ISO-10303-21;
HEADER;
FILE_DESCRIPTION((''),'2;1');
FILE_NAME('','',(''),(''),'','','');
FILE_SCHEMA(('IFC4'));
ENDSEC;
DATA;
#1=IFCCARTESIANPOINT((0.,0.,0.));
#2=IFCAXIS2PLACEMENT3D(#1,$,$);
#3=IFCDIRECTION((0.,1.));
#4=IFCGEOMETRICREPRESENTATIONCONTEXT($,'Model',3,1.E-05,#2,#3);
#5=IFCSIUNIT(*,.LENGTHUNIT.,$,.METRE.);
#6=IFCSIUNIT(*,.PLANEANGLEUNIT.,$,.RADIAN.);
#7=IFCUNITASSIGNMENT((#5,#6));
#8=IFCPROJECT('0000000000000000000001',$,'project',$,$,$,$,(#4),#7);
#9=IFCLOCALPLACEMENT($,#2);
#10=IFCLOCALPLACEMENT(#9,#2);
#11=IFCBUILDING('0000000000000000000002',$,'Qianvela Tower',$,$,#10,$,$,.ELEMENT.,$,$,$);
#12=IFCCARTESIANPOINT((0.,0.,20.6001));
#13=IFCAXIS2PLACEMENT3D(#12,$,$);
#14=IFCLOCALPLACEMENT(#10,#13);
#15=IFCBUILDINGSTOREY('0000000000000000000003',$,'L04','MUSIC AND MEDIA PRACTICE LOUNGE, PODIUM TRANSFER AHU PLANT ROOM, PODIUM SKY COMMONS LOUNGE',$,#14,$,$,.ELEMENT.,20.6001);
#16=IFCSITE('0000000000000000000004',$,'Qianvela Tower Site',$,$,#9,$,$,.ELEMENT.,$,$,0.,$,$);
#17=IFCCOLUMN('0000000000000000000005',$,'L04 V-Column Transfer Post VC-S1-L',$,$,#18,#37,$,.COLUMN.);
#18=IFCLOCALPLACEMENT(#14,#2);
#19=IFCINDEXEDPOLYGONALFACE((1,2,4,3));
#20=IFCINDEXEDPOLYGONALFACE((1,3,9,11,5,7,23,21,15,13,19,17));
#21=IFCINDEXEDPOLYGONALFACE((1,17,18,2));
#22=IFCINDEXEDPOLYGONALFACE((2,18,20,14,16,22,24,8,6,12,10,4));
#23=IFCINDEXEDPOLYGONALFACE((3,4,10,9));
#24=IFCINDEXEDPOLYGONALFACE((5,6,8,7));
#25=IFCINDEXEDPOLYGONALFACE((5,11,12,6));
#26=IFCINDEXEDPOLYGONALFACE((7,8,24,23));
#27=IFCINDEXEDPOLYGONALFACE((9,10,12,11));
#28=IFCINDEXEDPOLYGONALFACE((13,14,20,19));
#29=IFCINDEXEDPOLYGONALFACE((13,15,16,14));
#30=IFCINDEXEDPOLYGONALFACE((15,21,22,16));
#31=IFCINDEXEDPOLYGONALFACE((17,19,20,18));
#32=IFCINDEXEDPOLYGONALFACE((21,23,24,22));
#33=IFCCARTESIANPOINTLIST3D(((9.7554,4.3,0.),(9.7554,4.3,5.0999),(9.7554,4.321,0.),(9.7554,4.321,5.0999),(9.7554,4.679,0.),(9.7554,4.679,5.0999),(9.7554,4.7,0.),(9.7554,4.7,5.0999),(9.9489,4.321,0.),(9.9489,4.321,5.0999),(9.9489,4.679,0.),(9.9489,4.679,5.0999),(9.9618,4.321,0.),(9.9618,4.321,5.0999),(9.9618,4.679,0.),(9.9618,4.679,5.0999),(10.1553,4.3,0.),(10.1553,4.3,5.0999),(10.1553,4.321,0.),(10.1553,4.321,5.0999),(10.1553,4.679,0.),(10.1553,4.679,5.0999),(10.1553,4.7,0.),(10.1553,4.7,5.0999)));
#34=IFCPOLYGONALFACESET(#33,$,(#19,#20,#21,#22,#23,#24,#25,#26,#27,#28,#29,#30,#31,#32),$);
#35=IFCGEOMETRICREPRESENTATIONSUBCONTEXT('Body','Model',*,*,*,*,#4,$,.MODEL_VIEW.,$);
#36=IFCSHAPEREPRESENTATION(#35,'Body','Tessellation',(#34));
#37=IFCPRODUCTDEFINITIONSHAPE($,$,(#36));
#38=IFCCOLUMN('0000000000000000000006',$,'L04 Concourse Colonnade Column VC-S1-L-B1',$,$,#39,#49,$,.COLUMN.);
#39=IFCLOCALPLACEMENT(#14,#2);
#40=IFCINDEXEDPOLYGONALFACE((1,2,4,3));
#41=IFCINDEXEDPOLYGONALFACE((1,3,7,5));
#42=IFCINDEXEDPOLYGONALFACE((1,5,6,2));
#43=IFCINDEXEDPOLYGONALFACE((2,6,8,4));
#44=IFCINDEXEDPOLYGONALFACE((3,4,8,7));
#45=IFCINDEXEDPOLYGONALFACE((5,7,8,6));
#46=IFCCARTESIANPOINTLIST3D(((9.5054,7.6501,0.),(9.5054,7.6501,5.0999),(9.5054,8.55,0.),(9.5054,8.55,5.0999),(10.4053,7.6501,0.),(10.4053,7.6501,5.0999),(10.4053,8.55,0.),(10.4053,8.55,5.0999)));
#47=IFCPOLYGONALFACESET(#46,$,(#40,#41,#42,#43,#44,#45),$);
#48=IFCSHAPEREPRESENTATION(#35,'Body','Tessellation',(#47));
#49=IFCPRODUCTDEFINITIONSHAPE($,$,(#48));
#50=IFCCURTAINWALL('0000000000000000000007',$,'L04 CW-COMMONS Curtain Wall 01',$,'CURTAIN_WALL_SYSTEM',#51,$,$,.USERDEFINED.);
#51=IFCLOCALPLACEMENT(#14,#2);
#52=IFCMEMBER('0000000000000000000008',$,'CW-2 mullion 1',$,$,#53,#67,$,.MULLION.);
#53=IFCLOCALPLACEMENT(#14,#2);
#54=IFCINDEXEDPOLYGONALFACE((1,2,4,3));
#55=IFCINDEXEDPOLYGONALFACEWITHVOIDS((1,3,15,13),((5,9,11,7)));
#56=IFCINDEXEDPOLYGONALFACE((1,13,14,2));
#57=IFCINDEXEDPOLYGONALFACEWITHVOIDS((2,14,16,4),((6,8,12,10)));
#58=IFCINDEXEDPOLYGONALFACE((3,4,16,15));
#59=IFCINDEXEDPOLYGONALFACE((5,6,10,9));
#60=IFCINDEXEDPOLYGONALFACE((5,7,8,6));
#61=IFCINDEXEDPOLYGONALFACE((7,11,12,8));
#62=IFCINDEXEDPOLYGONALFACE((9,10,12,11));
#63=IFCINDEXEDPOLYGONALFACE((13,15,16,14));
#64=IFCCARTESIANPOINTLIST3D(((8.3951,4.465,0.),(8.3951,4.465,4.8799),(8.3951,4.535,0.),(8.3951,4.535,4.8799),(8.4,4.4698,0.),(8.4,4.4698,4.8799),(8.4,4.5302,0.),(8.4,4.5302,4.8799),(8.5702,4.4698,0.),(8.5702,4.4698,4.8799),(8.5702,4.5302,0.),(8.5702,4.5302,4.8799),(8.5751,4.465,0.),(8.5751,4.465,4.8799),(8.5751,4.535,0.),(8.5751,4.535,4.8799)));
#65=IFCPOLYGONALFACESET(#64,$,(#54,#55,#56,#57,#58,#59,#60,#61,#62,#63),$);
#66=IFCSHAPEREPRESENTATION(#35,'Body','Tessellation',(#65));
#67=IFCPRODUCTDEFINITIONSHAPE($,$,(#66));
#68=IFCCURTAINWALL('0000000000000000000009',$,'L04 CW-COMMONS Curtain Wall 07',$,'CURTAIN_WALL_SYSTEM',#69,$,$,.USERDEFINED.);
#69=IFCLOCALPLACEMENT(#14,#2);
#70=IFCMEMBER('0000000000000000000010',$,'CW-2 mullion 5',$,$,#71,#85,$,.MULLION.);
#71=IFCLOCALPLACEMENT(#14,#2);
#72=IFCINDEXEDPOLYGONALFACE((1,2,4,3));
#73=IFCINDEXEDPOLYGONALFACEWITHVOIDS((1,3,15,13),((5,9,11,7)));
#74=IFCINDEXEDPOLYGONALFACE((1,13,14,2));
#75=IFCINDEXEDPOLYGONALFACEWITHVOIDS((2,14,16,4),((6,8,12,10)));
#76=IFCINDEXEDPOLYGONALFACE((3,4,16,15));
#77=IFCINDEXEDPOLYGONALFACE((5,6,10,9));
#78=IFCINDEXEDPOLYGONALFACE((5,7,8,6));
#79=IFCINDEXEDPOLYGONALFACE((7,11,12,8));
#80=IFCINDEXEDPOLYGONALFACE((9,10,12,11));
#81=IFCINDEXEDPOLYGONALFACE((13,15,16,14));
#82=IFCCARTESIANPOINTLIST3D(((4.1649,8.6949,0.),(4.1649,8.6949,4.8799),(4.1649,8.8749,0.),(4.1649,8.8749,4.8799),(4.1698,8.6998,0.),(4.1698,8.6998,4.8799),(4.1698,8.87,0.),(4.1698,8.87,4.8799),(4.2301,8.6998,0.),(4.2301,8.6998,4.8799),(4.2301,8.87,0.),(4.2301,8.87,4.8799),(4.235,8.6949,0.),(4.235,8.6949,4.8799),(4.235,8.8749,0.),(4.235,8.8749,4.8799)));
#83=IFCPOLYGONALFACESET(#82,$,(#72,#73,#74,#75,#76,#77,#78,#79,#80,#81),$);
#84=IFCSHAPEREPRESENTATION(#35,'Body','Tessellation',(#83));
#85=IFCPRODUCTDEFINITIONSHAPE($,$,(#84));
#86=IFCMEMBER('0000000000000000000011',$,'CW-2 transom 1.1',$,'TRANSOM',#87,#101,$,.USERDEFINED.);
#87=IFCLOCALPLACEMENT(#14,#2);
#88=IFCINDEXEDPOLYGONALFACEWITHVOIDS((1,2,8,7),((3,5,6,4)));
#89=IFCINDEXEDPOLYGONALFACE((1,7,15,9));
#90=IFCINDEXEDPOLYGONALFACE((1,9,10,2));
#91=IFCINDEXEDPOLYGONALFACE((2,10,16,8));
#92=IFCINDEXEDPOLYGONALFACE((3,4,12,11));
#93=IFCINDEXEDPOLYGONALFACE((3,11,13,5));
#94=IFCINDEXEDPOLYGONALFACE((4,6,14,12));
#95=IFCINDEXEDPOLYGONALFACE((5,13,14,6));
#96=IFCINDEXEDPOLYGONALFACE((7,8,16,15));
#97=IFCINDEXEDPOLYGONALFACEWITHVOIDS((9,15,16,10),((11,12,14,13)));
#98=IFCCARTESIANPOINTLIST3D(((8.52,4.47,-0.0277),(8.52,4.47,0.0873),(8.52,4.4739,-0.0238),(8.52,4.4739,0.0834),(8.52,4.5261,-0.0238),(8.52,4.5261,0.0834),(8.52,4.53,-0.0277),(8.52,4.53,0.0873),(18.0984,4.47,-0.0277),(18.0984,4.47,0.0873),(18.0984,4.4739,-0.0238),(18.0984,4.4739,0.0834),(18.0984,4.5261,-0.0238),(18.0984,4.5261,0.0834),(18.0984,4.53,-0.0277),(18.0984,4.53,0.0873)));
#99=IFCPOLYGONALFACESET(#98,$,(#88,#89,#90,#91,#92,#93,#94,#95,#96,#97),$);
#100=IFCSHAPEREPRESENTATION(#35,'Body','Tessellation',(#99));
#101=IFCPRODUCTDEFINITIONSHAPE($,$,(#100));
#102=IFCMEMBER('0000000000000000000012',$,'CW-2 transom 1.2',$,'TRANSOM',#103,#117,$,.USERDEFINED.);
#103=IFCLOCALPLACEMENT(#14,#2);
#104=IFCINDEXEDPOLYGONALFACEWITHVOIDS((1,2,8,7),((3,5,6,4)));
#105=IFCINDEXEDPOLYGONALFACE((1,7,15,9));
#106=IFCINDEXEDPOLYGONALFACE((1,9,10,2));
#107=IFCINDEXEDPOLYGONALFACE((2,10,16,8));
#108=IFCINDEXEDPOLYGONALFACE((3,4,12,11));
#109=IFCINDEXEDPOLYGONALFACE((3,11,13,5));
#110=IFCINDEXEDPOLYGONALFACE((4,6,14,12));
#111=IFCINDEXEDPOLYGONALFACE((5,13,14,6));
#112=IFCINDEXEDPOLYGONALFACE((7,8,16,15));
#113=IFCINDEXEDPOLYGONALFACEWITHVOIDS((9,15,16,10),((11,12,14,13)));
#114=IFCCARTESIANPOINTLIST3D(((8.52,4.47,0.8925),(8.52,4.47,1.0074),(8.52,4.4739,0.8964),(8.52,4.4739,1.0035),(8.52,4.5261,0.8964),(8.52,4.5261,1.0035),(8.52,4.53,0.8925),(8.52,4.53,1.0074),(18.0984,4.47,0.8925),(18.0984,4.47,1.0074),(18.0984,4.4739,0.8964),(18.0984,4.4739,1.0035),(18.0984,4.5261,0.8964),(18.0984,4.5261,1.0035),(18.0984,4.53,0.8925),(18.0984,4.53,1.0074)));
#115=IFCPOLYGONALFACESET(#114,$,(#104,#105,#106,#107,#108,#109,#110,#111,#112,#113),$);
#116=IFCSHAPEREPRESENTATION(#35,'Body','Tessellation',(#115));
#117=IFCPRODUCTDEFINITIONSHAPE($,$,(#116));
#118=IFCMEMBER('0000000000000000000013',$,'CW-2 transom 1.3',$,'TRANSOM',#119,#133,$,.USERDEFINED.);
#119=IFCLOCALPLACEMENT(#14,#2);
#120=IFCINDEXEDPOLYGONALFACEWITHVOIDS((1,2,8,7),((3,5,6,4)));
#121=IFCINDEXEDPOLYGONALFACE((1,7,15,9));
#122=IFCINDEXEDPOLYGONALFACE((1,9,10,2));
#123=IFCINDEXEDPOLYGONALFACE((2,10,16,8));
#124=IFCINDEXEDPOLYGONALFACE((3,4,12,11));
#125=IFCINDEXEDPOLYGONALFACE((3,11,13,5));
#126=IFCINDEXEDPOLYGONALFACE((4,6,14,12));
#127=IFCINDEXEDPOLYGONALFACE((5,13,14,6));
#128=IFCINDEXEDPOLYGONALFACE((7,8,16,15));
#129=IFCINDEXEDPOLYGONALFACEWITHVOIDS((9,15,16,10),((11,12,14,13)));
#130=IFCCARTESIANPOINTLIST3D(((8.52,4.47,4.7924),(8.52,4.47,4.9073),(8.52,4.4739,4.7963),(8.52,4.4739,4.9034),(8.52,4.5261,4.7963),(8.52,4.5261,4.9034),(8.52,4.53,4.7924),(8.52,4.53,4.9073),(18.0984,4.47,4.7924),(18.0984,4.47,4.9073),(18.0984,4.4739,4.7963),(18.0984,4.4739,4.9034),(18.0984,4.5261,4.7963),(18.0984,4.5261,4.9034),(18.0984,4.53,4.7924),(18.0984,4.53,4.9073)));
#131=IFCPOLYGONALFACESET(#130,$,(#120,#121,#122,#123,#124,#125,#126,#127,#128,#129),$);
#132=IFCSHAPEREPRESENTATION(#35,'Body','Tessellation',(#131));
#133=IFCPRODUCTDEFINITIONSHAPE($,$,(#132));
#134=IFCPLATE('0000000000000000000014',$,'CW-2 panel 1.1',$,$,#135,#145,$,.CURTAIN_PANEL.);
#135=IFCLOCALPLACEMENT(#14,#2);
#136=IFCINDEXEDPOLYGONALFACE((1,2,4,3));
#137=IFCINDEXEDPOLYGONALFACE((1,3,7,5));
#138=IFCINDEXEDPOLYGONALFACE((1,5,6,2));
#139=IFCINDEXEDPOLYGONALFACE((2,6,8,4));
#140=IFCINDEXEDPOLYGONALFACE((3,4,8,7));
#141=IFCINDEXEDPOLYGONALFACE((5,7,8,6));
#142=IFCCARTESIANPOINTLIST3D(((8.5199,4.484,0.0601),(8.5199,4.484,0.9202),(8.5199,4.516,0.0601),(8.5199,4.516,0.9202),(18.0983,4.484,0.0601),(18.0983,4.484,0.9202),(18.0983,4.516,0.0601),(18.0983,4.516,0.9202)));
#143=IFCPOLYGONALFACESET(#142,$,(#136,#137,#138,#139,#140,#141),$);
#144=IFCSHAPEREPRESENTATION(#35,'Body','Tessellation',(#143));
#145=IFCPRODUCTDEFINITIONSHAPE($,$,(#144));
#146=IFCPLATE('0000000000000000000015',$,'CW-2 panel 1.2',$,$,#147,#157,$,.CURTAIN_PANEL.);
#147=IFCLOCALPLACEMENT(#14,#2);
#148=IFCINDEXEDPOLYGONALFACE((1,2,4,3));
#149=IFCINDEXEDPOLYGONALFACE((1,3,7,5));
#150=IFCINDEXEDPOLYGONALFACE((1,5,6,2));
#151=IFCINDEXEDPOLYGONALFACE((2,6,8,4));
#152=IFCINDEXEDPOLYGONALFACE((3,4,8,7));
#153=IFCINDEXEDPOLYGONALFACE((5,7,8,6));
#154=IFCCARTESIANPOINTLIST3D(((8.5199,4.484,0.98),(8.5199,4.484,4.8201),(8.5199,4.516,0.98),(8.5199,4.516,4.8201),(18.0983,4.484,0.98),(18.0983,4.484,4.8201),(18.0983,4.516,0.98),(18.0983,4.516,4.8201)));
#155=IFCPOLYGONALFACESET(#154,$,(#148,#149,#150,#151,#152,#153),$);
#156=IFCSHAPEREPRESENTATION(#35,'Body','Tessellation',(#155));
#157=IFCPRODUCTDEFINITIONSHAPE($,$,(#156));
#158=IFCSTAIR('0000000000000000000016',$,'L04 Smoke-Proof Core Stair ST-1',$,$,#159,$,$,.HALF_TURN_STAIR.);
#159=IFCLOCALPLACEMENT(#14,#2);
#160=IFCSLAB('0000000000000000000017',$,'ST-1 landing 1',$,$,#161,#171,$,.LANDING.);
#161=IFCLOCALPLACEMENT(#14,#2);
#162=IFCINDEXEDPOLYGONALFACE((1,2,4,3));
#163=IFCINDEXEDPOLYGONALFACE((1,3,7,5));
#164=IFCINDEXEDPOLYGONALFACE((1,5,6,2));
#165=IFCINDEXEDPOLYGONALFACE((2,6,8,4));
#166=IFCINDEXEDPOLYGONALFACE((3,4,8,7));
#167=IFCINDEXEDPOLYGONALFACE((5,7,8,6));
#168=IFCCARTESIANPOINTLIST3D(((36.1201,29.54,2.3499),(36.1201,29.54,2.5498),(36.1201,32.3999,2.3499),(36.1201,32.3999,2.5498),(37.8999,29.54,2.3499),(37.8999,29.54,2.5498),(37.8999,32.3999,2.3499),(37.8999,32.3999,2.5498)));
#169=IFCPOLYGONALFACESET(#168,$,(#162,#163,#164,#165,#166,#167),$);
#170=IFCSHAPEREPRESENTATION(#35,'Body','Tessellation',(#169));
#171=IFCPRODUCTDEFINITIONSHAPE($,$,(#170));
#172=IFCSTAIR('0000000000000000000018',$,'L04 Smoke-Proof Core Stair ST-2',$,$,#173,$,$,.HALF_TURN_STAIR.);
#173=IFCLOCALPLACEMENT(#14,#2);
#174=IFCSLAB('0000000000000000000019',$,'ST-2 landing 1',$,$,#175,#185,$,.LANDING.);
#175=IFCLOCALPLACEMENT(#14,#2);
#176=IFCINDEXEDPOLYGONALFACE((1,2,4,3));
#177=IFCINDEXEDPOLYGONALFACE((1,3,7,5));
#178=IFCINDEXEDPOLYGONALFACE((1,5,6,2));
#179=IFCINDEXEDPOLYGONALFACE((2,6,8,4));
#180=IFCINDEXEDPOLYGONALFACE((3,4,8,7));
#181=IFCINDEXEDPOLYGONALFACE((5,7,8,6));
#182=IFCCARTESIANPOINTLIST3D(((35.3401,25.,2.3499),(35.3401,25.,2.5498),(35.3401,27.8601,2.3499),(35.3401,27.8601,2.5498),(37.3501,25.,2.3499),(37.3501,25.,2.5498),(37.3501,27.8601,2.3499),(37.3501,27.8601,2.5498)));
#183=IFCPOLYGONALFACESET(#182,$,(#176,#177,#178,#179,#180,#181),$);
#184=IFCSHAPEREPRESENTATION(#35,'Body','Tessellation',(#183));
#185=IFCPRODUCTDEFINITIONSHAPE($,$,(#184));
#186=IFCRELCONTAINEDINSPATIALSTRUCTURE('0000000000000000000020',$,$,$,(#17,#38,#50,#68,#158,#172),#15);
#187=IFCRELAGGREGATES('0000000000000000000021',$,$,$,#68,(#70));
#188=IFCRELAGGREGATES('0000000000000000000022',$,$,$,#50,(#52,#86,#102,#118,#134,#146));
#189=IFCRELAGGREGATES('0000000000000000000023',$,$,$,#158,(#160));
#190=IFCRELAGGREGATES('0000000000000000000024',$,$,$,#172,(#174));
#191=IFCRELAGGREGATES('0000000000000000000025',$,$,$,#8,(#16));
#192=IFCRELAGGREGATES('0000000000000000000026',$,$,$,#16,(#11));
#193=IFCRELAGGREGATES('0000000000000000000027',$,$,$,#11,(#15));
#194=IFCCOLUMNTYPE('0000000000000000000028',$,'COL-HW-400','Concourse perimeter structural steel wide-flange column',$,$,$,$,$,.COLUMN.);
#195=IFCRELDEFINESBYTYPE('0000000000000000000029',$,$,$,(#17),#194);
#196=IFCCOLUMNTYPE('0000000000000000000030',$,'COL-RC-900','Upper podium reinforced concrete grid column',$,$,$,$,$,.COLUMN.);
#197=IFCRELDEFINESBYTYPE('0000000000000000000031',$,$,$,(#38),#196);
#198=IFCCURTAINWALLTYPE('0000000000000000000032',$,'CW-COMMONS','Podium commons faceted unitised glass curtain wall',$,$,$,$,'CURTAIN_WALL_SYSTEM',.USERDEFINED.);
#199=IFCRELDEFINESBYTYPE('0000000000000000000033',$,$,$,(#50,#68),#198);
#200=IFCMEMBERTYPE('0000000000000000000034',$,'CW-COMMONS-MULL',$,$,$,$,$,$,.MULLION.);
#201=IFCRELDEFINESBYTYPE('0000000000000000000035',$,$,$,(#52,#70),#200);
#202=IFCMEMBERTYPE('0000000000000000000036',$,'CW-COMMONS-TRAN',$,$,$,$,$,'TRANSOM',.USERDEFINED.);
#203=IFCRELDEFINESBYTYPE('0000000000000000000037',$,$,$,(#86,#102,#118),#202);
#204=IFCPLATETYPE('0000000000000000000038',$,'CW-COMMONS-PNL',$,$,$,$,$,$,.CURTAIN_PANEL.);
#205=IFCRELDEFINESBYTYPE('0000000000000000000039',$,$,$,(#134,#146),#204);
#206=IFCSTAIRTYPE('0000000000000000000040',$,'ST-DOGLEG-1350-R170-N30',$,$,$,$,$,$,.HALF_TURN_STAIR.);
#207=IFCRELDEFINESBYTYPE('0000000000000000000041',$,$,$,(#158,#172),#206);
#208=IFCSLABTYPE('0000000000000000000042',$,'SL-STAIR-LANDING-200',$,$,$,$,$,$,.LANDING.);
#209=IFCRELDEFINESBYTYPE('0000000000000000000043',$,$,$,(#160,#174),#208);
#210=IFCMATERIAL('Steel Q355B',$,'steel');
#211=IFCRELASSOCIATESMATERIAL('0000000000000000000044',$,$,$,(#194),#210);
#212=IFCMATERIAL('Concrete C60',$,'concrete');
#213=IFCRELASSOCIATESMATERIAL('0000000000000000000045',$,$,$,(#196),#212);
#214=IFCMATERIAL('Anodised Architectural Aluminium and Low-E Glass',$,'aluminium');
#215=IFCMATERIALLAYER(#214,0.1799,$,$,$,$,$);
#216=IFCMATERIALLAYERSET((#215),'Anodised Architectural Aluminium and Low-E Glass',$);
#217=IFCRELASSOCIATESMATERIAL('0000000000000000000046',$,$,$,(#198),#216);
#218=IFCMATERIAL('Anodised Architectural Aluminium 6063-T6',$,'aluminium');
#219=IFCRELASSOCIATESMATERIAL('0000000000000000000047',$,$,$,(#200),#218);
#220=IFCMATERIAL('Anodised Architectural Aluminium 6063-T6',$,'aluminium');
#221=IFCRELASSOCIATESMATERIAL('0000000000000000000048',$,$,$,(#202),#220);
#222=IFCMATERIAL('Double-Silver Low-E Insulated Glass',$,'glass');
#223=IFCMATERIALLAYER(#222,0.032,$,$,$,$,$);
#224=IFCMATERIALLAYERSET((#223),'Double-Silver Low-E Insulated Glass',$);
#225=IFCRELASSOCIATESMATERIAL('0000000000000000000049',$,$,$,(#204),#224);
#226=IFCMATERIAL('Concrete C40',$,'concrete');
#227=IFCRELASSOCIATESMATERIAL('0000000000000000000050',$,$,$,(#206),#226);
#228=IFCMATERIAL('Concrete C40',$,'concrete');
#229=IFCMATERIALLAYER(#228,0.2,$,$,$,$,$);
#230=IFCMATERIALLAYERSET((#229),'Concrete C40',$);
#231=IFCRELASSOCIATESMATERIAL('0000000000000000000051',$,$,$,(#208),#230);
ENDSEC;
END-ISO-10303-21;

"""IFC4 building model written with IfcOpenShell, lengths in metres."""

from ifc_helpers import new_model, si_unit, direction, frame, origin, origin_2d, place, context, subcontext, project, spatial, polyline, rectangle, hollow_rectangle, i_section, outline, extrude, material, layer, layer_set, material_profile, profile_set, type_object, element, aggregate, save


model = new_model("IFC4")

# Units and contexts
model_context = context("Model", 3, precision=1e-05, world=origin(), true_north=direction((0.0, 1.0)))
body_context = subcontext(model_context, "Body", "Model", "MODEL_VIEW")
ifc_project = project(units=[si_unit("LENGTHUNIT", "METRE"), si_unit("PLANEANGLEUNIT", "RADIAN")], contexts=[model_context])

# Site, building, storey
site_placement = place(None, origin())
site = spatial("IfcSite", under=ifc_project, at=site_placement, Name="Qianvela Tower Site", CompositionType="ELEMENT", RefElevation=0.0)
building_placement = place(site_placement, origin())
building = spatial("IfcBuilding", under=site, at=building_placement, Name="Qianvela Tower", CompositionType="ELEMENT")
storey_placement = place(building_placement, frame((0.0, 0.0, 20.6001)))
storey = spatial("IfcBuildingStorey", under=building, at=storey_placement, Name="L04", Description="MUSIC AND MEDIA PRACTICE LOUNGE, PODIUM TRANSFER AHU PLANT ROOM, PODIUM SKY COMMONS LOUNGE", CompositionType="ELEMENT", Elevation=20.6001)

# Columns
ifc_material_1 = material(Name="Steel Q355B", Category="steel")
ifc_material_profile_1 = material_profile(ifc_material_1, i_section(OverallWidth=0.3999, OverallDepth=0.3999, WebThickness=0.0129, FlangeThickness=0.021, at=origin_2d()), Name="HW400x400x13x21")
ifc_profile_set_1 = profile_set([ifc_material_profile_1], Name="Steel Q355B")
column_type_1 = type_object("IfcColumnType", Name="COL-HW-400", Description="Concourse perimeter structural steel wide-flange column", PredefinedType="COLUMN", material=ifc_profile_set_1)
column_1_placement = place(storey_placement, frame((9.9553, 4.5, 0.0), z_axis=(0.0, 0.0, 1.0), x_axis=(1.0, 0.0, 0.0)))
element("IfcColumn", 1, at=column_1_placement, inside=storey, type_object=column_type_1, Name="L04 V-Column Transfer Post VC-S1-L", PredefinedType="COLUMN", context=body_context, shape_type="SweptSolid", body=[
    extrude(i_section(OverallWidth=0.3999, OverallDepth=0.3999, WebThickness=0.0129, FlangeThickness=0.021, at=origin_2d()), origin(), (0.0, 0.0, 1.0), 5.0999),
])
ifc_material_2 = material(Name="Concrete C60", Category="concrete")
ifc_material_profile_2 = material_profile(ifc_material_2, rectangle(XDim=0.8999, YDim=0.8999, at=origin_2d()), Name="RC-COL-900x900")
ifc_profile_set_2 = profile_set([ifc_material_profile_2], Name="Concrete C60")
column_type_2 = type_object("IfcColumnType", Name="COL-RC-900", Description="Upper podium reinforced concrete grid column", PredefinedType="COLUMN", material=ifc_profile_set_2)
column_2_placement = place(storey_placement, frame((9.9553, 8.1001, 0.0), z_axis=(0.0, 0.0, 1.0), x_axis=(1.0, 0.0, 0.0)))
element("IfcColumn", 2, at=column_2_placement, inside=storey, type_object=column_type_2, Name="L04 Concourse Colonnade Column VC-S1-L-B1", PredefinedType="COLUMN", context=body_context, shape_type="SweptSolid", body=[
    extrude(rectangle(XDim=0.8999, YDim=0.8999, at=origin_2d()), origin(), (0.0, 0.0, 1.0), 5.0999),
])

# Curtain walls, members
ifc_material_3 = material(Name="Anodised Architectural Aluminium and Low-E Glass", Category="aluminium")
ifc_layer_1 = layer(ifc_material_3, 0.1799)
ifc_layer_set_1 = layer_set([ifc_layer_1], Name="Anodised Architectural Aluminium and Low-E Glass")
curtain_wall_type = type_object("IfcCurtainWallType", Name="CW-COMMONS", Description="Podium commons faceted unitised glass curtain wall", ElementType="CURTAIN_WALL_SYSTEM", PredefinedType="USERDEFINED", material=ifc_layer_set_1)
curtain_wall_1_placement = place(storey_placement, origin())
curtain_wall_1 = element("IfcCurtainWall", 3, at=curtain_wall_1_placement, inside=storey, type_object=curtain_wall_type, Name="L04 CW-COMMONS Curtain Wall 01", ObjectType="CURTAIN_WALL_SYSTEM", PredefinedType="USERDEFINED")
ifc_material_4 = material(Name="Anodised Architectural Aluminium 6063-T6", Category="aluminium")
ifc_material_profile_3 = material_profile(ifc_material_4, hollow_rectangle(XDim=0.0701, YDim=0.1799, WallThickness=0.0049, at=origin_2d()), Name="ALU-MULL-70x180")
ifc_profile_set_3 = profile_set([ifc_material_profile_3], Name="Anodised Architectural Aluminium 6063-T6")
member_type_1 = type_object("IfcMemberType", Name="CW-COMMONS-MULL", PredefinedType="MULLION", material=ifc_profile_set_3)
member_1_placement = place(storey_placement, frame((8.4851, 4.5, 0.0), z_axis=(0.0, 0.0, 1.0), x_axis=(0.0, 1.0, 0.0)))
member_1 = element("IfcMember", 4, at=member_1_placement, type_object=member_type_1, Name="CW-2 mullion 1", PredefinedType="MULLION", context=body_context, shape_type="SweptSolid", body=[
    extrude(hollow_rectangle(XDim=0.0701, YDim=0.1799, WallThickness=0.0049, at=origin_2d()), origin(), (0.0, 0.0, 1.0), 4.8799),
])
curtain_wall_2_placement = place(storey_placement, origin())
curtain_wall_2 = element("IfcCurtainWall", 5, at=curtain_wall_2_placement, inside=storey, type_object=curtain_wall_type, Name="L04 CW-COMMONS Curtain Wall 07", ObjectType="CURTAIN_WALL_SYSTEM", PredefinedType="USERDEFINED")
member_2_placement = place(storey_placement, frame((4.2, 8.7849, 0.0), z_axis=(0.0, 0.0, 1.0), x_axis=(1.0, 0.0, 0.0)))
member_2 = element("IfcMember", 6, at=member_2_placement, type_object=member_type_1, Name="CW-2 mullion 5", PredefinedType="MULLION", context=body_context, shape_type="SweptSolid", body=[
    extrude(hollow_rectangle(XDim=0.0701, YDim=0.1799, WallThickness=0.0049, at=origin_2d()), origin(), (0.0, 0.0, 1.0), 4.8799),
])
aggregate(curtain_wall_2, [member_2])

# Members
ifc_material_5 = material(Name="Anodised Architectural Aluminium 6063-T6", Category="aluminium")
ifc_material_profile_4 = material_profile(ifc_material_5, hollow_rectangle(XDim=0.0601, YDim=0.115, WallThickness=0.0039, at=origin_2d()), Name="ALU-TRAN-60x115")
ifc_profile_set_4 = profile_set([ifc_material_profile_4], Name="Anodised Architectural Aluminium 6063-T6")
member_type_2 = type_object("IfcMemberType", Name="CW-COMMONS-TRAN", ElementType="TRANSOM", PredefinedType="USERDEFINED", material=ifc_profile_set_4)
member_3_placement = place(storey_placement, frame((8.52, 4.5, 0.0298), z_axis=(1.0, 0.0, 0.0), x_axis=(0.0, 1.0, 0.0)))
member_3 = element("IfcMember", 7, at=member_3_placement, type_object=member_type_2, Name="CW-2 transom 1.1", ObjectType="TRANSOM", PredefinedType="USERDEFINED", context=body_context, shape_type="SweptSolid", body=[
    extrude(hollow_rectangle(XDim=0.0601, YDim=0.115, WallThickness=0.0039, at=origin_2d()), origin(), (0.0, 0.0, 1.0), 9.5784),
])
member_4_placement = place(storey_placement, frame((8.52, 4.5, 0.95), z_axis=(1.0, 0.0, 0.0), x_axis=(0.0, 1.0, 0.0)))
member_4 = element("IfcMember", 8, at=member_4_placement, type_object=member_type_2, Name="CW-2 transom 1.2", ObjectType="TRANSOM", PredefinedType="USERDEFINED", context=body_context, shape_type="SweptSolid", body=[
    extrude(hollow_rectangle(XDim=0.0601, YDim=0.115, WallThickness=0.0039, at=origin_2d()), origin(), (0.0, 0.0, 1.0), 9.5784),
])
member_5_placement = place(storey_placement, frame((8.52, 4.5, 4.8499), z_axis=(1.0, 0.0, 0.0), x_axis=(0.0, 1.0, 0.0)))
member_5 = element("IfcMember", 9, at=member_5_placement, type_object=member_type_2, Name="CW-2 transom 1.3", ObjectType="TRANSOM", PredefinedType="USERDEFINED", context=body_context, shape_type="SweptSolid", body=[
    extrude(hollow_rectangle(XDim=0.0601, YDim=0.115, WallThickness=0.0039, at=origin_2d()), origin(), (0.0, 0.0, 1.0), 9.5784),
])

# Plates
ifc_material_6 = material(Name="Double-Silver Low-E Insulated Glass", Category="glass")
ifc_layer_2 = layer(ifc_material_6, 0.032)
ifc_layer_set_2 = layer_set([ifc_layer_2], Name="Double-Silver Low-E Insulated Glass")
plate_type = type_object("IfcPlateType", Name="CW-COMMONS-PNL", PredefinedType="CURTAIN_PANEL", material=ifc_layer_set_2)
plate_1_placement = place(storey_placement, frame((13.3091, 4.5, 0.0601), z_axis=(0.0, 0.0, 1.0), x_axis=(1.0, 0.0, 0.0)))
plate_1 = element("IfcPlate", 10, at=plate_1_placement, type_object=plate_type, Name="CW-2 panel 1.1", PredefinedType="CURTAIN_PANEL", context=body_context, shape_type="SweptSolid", body=[
    extrude(rectangle(XDim=9.5784, YDim=0.032, at=origin_2d()), origin(), (0.0, 0.0, 1.0), 0.8601),
])
plate_2_placement = place(storey_placement, frame((13.3091, 4.5, 0.98), z_axis=(0.0, 0.0, 1.0), x_axis=(1.0, 0.0, 0.0)))
plate_2 = element("IfcPlate", 11, at=plate_2_placement, type_object=plate_type, Name="CW-2 panel 1.2", PredefinedType="CURTAIN_PANEL", context=body_context, shape_type="SweptSolid", body=[
    extrude(rectangle(XDim=9.5784, YDim=0.032, at=origin_2d()), origin(), (0.0, 0.0, 1.0), 3.8401),
])
aggregate(curtain_wall_1, [member_1, member_3, member_4, member_5, plate_1, plate_2])

# Stairs, slabs
ifc_material_7 = material(Name="Concrete C40", Category="concrete")
stair_type = type_object("IfcStairType", Name="ST-DOGLEG-1350-R170-N30", PredefinedType="HALF_TURN_STAIR", material=ifc_material_7)
stair_1_placement = place(storey_placement, origin())
stair_1 = element("IfcStair", 12, at=stair_1_placement, inside=storey, type_object=stair_type, Name="L04 Smoke-Proof Core Stair ST-1", PredefinedType="HALF_TURN_STAIR")
ifc_material_8 = material(Name="Concrete C40", Category="concrete")
ifc_layer_3 = layer(ifc_material_8, 0.2)
ifc_layer_set_3 = layer_set([ifc_layer_3], Name="Concrete C40")
slab_type_1 = type_object("IfcSlabType", Name="SL-STAIR-LANDING-200", PredefinedType="LANDING", material=ifc_layer_set_3)
slab_1_placement = place(storey_placement, frame((0.0, 0.0, 2.3499)))
slab_1 = element("IfcSlab", 13, at=slab_1_placement, type_object=slab_type_1, Name="ST-1 landing 1", PredefinedType="LANDING", context=body_context, shape_type="SweptSolid", body=[
    extrude(outline(polyline([(36.1201, 29.54), (37.8999, 29.54), (37.8999, 32.3999), (36.1201, 32.3999), (36.1201, 29.54)])), origin(), (0.0, 0.0, 1.0), 0.2),
])
aggregate(stair_1, [slab_1])
stair_2_placement = place(storey_placement, origin())
stair_2 = element("IfcStair", 14, at=stair_2_placement, inside=storey, type_object=stair_type, Name="L04 Smoke-Proof Core Stair ST-2", PredefinedType="HALF_TURN_STAIR")
slab_2_placement = place(storey_placement, frame((0.0, 0.0, 2.3499)))
slab_2 = element("IfcSlab", 15, at=slab_2_placement, type_object=slab_type_1, Name="ST-2 landing 1", PredefinedType="LANDING", context=body_context, shape_type="SweptSolid", body=[
    extrude(outline(polyline([(35.3401, 25.0), (37.3501, 25.0), (37.3501, 27.8601), (35.3401, 27.8601), (35.3401, 25.0)])), origin(), (0.0, 0.0, 1.0), 0.2),
])
aggregate(stair_2, [slab_2])

save(model, "model.ifc")
